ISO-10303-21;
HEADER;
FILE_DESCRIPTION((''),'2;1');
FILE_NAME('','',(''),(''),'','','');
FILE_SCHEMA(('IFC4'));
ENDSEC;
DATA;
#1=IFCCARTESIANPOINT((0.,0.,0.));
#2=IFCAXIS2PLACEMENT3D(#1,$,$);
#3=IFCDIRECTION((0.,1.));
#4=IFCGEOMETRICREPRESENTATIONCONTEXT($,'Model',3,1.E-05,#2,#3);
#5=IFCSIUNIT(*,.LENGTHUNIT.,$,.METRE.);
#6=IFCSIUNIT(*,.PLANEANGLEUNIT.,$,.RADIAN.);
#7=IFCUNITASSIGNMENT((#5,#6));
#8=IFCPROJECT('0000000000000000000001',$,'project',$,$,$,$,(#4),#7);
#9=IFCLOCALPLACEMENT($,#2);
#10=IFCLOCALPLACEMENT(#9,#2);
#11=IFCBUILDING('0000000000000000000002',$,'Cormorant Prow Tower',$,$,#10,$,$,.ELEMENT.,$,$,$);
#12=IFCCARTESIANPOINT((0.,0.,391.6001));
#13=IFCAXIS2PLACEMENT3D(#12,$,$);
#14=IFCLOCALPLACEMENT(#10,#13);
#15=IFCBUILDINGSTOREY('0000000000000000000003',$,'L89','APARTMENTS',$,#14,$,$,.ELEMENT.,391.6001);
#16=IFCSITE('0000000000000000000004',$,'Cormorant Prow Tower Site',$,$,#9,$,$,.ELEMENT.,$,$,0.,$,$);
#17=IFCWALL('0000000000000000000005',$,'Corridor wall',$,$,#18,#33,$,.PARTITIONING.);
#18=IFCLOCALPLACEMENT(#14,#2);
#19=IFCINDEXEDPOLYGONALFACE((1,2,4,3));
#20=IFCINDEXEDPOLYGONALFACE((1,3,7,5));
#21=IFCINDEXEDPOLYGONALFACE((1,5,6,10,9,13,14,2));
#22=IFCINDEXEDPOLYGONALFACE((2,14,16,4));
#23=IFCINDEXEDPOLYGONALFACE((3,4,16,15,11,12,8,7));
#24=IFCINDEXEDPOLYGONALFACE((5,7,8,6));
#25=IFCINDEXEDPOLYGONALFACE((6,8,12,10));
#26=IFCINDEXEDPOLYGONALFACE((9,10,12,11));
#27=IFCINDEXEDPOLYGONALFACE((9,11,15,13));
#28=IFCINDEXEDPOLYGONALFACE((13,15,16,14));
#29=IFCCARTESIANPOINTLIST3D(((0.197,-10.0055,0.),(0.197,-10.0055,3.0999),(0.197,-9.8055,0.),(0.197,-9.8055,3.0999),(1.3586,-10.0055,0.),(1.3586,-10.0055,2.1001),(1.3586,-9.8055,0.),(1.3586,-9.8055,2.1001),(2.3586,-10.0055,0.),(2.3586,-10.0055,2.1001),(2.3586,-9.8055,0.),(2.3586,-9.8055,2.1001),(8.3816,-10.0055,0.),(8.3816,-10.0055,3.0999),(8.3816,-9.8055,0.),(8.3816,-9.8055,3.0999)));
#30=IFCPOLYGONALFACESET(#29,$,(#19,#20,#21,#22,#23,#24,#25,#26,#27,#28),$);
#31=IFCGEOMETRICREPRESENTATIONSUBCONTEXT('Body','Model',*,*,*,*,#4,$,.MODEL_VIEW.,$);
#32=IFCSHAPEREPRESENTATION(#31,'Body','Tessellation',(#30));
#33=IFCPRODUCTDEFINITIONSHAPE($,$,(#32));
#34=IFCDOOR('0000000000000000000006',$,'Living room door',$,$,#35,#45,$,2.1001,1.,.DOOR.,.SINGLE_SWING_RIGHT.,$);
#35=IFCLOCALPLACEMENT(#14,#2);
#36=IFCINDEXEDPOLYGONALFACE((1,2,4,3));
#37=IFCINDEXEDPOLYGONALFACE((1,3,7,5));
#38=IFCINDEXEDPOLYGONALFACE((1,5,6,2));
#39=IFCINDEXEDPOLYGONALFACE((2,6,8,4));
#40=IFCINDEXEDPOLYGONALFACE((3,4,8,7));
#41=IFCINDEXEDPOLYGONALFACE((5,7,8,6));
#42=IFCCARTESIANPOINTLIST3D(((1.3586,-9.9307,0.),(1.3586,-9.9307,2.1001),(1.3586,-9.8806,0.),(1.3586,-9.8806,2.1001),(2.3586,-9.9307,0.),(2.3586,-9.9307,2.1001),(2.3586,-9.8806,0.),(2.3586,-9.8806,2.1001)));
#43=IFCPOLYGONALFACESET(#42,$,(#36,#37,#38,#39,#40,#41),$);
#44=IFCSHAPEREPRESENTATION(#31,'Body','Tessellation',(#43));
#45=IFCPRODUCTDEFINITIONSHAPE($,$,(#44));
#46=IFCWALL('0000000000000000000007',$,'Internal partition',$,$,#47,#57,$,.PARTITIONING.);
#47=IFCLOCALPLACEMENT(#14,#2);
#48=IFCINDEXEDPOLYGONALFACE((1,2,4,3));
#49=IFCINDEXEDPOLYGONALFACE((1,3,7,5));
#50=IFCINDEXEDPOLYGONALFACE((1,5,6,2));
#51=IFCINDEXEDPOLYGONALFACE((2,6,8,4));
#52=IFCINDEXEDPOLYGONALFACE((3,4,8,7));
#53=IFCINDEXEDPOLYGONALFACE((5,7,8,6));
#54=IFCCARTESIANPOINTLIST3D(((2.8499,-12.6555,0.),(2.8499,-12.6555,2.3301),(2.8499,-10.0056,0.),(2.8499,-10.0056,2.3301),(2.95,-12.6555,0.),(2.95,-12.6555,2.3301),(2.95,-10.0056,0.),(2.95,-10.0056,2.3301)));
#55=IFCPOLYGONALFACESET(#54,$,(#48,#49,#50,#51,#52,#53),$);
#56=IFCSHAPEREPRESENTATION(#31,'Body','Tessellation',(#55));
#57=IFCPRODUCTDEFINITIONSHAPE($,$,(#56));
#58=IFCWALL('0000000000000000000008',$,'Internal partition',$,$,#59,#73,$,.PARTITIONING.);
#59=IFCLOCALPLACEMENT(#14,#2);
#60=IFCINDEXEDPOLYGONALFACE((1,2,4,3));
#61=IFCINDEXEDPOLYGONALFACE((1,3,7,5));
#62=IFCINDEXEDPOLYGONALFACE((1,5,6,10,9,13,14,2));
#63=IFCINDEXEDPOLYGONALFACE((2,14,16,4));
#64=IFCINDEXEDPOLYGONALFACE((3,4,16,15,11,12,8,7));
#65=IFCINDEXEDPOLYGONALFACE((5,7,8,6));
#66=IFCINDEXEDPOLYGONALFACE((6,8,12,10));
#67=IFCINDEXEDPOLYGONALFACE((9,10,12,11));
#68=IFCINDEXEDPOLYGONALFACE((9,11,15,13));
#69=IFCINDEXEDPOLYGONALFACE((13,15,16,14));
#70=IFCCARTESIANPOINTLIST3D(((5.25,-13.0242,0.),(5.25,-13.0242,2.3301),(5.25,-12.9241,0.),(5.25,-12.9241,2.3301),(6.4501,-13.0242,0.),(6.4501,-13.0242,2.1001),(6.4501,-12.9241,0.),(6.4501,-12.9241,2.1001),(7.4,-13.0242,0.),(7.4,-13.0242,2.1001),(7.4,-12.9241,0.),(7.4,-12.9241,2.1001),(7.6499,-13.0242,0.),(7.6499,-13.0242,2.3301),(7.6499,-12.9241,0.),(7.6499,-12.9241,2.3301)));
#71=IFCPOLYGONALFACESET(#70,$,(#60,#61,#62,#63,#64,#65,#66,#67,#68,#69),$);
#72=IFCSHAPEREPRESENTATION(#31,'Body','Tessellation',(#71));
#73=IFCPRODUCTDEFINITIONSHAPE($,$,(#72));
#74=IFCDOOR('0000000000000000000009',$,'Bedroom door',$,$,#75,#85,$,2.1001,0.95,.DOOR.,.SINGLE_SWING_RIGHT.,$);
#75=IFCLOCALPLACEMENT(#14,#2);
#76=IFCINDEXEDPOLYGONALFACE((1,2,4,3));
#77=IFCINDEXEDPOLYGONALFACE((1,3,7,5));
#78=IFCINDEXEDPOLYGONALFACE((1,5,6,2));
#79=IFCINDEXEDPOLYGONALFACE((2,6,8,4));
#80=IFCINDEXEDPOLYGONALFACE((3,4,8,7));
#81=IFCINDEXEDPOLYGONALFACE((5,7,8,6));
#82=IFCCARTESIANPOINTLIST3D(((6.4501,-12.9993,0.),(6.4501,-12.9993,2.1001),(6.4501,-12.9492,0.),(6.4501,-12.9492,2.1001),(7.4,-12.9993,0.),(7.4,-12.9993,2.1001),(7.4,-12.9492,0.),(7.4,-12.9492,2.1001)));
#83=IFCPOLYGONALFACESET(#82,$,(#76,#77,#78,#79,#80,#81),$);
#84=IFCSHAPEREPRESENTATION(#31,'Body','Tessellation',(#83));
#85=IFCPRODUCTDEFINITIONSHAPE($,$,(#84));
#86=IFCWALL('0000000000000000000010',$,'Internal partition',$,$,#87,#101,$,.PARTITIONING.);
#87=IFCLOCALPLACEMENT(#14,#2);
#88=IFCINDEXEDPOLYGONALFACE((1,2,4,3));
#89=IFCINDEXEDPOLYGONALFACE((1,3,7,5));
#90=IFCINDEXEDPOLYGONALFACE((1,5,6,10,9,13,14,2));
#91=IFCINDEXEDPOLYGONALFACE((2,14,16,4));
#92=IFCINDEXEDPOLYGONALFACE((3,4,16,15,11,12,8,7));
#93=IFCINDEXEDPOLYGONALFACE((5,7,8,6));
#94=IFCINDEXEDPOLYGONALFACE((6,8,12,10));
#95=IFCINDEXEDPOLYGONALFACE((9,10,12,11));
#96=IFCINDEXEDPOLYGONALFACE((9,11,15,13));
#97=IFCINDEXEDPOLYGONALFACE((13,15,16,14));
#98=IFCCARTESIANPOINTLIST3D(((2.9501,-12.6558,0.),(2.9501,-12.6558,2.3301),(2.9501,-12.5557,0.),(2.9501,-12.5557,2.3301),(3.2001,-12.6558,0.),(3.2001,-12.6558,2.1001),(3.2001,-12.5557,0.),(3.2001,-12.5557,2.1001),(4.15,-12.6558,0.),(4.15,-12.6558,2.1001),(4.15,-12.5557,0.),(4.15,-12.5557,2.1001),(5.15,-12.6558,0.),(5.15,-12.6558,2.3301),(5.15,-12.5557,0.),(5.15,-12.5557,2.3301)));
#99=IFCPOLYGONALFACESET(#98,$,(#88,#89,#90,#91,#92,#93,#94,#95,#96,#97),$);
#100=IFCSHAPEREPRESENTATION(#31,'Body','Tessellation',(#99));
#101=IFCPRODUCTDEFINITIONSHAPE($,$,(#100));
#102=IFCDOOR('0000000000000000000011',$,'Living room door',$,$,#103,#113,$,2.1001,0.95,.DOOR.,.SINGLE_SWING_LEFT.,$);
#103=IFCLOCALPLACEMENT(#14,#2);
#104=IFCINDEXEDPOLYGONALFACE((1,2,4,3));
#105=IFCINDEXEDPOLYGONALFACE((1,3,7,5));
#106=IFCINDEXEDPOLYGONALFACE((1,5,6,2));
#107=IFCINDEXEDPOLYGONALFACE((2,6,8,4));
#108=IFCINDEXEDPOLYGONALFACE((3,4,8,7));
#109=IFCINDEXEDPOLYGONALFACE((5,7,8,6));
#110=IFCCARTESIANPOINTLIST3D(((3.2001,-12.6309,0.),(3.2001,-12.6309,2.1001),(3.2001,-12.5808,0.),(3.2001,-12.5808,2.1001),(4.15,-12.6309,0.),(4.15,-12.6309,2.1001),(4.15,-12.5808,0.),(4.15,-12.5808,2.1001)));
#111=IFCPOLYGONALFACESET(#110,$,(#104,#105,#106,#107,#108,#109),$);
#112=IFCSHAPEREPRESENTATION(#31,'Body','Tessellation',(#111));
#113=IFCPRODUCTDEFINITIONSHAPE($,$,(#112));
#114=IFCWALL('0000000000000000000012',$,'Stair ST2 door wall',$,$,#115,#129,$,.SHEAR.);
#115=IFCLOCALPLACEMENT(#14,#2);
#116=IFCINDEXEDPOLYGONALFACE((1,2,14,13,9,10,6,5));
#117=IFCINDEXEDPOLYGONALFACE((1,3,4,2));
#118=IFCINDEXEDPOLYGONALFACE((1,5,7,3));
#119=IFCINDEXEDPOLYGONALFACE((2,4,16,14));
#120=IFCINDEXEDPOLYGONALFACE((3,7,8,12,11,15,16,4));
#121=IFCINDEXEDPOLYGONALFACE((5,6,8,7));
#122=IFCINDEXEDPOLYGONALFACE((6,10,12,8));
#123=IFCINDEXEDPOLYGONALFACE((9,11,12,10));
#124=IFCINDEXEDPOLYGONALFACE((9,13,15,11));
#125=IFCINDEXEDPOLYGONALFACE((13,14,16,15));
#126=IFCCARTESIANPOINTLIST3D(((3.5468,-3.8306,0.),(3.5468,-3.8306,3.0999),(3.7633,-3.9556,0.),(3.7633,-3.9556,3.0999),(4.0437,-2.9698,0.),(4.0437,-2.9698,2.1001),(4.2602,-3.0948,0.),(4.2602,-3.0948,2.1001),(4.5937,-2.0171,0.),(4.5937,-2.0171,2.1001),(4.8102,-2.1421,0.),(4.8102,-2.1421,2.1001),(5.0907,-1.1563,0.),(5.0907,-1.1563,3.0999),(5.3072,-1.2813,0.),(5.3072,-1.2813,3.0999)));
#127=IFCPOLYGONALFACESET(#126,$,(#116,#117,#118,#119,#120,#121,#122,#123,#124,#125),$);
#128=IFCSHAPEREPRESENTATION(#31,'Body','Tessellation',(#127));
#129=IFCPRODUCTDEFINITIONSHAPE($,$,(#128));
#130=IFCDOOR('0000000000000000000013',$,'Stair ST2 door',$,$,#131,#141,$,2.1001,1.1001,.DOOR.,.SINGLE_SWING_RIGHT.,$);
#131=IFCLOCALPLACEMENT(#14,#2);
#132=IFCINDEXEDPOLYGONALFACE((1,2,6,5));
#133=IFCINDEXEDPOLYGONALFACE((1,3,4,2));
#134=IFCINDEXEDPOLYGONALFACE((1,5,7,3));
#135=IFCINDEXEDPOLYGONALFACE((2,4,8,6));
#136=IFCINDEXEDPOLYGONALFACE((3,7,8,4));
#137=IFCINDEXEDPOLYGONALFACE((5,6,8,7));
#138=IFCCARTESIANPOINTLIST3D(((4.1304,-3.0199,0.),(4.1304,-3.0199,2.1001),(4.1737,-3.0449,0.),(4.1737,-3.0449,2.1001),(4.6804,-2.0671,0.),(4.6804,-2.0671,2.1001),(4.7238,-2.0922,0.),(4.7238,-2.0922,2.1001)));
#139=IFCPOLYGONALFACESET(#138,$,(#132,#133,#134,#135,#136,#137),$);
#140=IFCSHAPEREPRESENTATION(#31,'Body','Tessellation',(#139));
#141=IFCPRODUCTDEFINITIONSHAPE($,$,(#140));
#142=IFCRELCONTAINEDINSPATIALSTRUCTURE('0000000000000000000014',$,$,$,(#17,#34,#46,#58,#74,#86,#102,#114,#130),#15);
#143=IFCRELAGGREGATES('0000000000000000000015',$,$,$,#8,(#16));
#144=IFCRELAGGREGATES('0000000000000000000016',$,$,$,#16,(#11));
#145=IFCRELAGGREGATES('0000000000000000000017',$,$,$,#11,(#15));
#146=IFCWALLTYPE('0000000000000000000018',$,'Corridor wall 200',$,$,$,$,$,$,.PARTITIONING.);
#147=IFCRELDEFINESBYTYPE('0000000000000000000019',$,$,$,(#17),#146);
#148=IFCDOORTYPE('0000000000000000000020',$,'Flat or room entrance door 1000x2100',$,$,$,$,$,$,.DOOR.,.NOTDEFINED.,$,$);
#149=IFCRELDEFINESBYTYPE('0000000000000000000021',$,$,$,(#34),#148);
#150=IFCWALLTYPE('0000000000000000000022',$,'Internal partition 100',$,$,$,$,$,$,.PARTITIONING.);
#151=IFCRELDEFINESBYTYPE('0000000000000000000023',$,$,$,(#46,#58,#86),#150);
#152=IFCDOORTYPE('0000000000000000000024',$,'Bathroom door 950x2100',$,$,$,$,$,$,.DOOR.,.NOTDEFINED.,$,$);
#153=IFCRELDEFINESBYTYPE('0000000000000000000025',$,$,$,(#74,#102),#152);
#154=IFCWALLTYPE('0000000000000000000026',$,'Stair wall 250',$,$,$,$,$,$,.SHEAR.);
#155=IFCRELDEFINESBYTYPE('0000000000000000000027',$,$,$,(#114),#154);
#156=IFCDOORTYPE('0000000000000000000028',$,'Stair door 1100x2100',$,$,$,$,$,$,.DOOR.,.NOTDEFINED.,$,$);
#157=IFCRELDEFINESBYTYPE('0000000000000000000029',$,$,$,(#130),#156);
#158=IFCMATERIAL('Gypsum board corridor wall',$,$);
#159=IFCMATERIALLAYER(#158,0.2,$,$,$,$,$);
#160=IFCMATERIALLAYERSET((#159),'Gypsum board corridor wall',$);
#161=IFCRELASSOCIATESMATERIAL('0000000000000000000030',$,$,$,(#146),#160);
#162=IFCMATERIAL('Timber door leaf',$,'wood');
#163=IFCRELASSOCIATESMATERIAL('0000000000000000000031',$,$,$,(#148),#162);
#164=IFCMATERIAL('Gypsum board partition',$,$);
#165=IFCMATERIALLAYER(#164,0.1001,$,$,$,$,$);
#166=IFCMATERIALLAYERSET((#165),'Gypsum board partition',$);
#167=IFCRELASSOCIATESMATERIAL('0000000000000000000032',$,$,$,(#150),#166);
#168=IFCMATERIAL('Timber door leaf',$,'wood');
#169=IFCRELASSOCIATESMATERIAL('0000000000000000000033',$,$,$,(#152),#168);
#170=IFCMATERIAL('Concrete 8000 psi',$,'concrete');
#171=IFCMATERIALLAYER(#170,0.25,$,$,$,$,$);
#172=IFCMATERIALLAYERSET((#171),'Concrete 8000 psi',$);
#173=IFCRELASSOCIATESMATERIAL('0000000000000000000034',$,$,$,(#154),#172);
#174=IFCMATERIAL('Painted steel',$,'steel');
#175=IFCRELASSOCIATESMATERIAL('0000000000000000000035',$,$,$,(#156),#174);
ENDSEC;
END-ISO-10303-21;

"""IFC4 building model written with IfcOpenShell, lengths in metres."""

from ifc_helpers import new_model, si_unit, direction, frame, frame_2d, origin, place, context, subcontext, project, spatial, rectangle, extrude, material, layer, layer_set, type_object, element, fill, save


model = new_model("IFC4")

# Units and contexts
model_context = context("Model", 3, precision=1e-05, world=origin(), true_north=direction((0.0, 1.0)))
body_context = subcontext(model_context, "Body", "Model", "MODEL_VIEW")
ifc_project = project(units=[si_unit("LENGTHUNIT", "METRE"), si_unit("PLANEANGLEUNIT", "RADIAN")], contexts=[model_context])

# Site, building, storey
site_placement = place(None, origin())
site = spatial("IfcSite", under=ifc_project, at=site_placement, Name="Cormorant Prow Tower Site", CompositionType="ELEMENT", RefElevation=0.0)
building_placement = place(site_placement, origin())
building = spatial("IfcBuilding", under=site, at=building_placement, Name="Cormorant Prow Tower", CompositionType="ELEMENT")
storey_placement = place(building_placement, frame((0.0, 0.0, 391.6001)))
storey = spatial("IfcBuildingStorey", under=building, at=storey_placement, Name="L89", Description="APARTMENTS", CompositionType="ELEMENT", Elevation=391.6001)

# Wall, opening, door
ifc_material_1 = material(Name="Gypsum board corridor wall")
ifc_layer_1 = layer(ifc_material_1, 0.2)
ifc_layer_set_1 = layer_set([ifc_layer_1], Name="Gypsum board corridor wall")
wall_type_1 = type_object("IfcWallType", Name="Corridor wall 200", PredefinedType="PARTITIONING", material=ifc_layer_set_1)
wall_1_placement = place(storey_placement, frame((0.197, -9.9055, 0.0), z_axis=(0.0, 0.0, 1.0), x_axis=(1.0, 0.0, 0.0)))
wall_1 = element("IfcWall", 1, at=wall_1_placement, inside=storey, type_object=wall_type_1, Name="Corridor wall", PredefinedType="PARTITIONING", context=body_context, shape_type="SweptSolid", body=[
    extrude(rectangle(XDim=8.1846, YDim=0.2, at=frame_2d((4.0923, 0.0))), origin(), (0.0, 0.0, 1.0), 3.0999),
])
opening_1_placement = place(wall_1_placement, frame((1.1616, 0.0, 0.0)))
opening_1 = element("IfcOpeningElement", 2, at=opening_1_placement, cuts=wall_1, PredefinedType="OPENING", context=body_context, shape_type="SweptSolid", body=[
    extrude(rectangle(XDim=1.0, YDim=2.1001, at=frame_2d((0.5, 1.05))), frame((0.0, 0.1099, 0.0), z_axis=(0.0, -1.0, 0.0), x_axis=(1.0, 0.0, 0.0)), (0.0, 0.0, 1.0), 0.22),
])
ifc_material_2 = material(Name="Timber door leaf", Category="wood")
door_type_1 = type_object("IfcDoorType", Name="Flat or room entrance door 1000x2100", OperationType="NOTDEFINED", PredefinedType="DOOR", material=ifc_material_2)
door_1_placement = place(opening_1_placement, origin())
door_1 = element("IfcDoor", 3, at=door_1_placement, inside=storey, type_object=door_type_1, Name="Living room door", OperationType="SINGLE_SWING_RIGHT", OverallHeight=2.1001, OverallWidth=1.0, PredefinedType="DOOR", context=body_context, shape_type="SweptSolid", body=[
    extrude(rectangle(XDim=1.0, YDim=2.1001, at=frame_2d((0.5, 1.05))), frame((0.0, 0.0249, 0.0), z_axis=(0.0, -1.0, 0.0), x_axis=(1.0, 0.0, 0.0)), (0.0, 0.0, 1.0), 0.05),
])
fill(opening_1, door_1)

# Wall
ifc_material_3 = material(Name="Gypsum board partition")
ifc_layer_2 = layer(ifc_material_3, 0.1001)
ifc_layer_set_2 = layer_set([ifc_layer_2], Name="Gypsum board partition")
wall_type_2 = type_object("IfcWallType", Name="Internal partition 100", PredefinedType="PARTITIONING", material=ifc_layer_set_2)
wall_2_placement = place(storey_placement, frame((2.8999, -12.6555, 0.0), z_axis=(0.0, 0.0, 1.0), x_axis=(0.0, 1.0, 0.0)))
element("IfcWall", 4, at=wall_2_placement, inside=storey, type_object=wall_type_2, Name="Internal partition", PredefinedType="PARTITIONING", context=body_context, shape_type="SweptSolid", body=[
    extrude(rectangle(XDim=2.6499, YDim=0.1001, at=frame_2d((1.325, 0.0))), origin(), (0.0, 0.0, 1.0), 2.3301),
])

# Walls, openings, doors
wall_3_placement = place(storey_placement, frame((5.25, -12.9741, 0.0), z_axis=(0.0, 0.0, 1.0), x_axis=(1.0, 0.0, 0.0)))
wall_3 = element("IfcWall", 5, at=wall_3_placement, inside=storey, type_object=wall_type_2, Name="Internal partition", PredefinedType="PARTITIONING", context=body_context, shape_type="SweptSolid", body=[
    extrude(rectangle(XDim=2.3999, YDim=0.1001, at=frame_2d((1.2, 0.0))), origin(), (0.0, 0.0, 1.0), 2.3301),
])
opening_2_placement = place(wall_3_placement, frame((1.2, 0.0, 0.0)))
opening_2 = element("IfcOpeningElement", 6, at=opening_2_placement, cuts=wall_3, PredefinedType="OPENING", context=body_context, shape_type="SweptSolid", body=[
    extrude(rectangle(XDim=0.95, YDim=2.1001, at=frame_2d((0.4751, 1.05))), frame((0.0, 0.0601, 0.0), z_axis=(0.0, -1.0, 0.0), x_axis=(1.0, 0.0, 0.0)), (0.0, 0.0, 1.0), 0.1201),
])
ifc_material_4 = material(Name="Timber door leaf", Category="wood")
door_type_2 = type_object("IfcDoorType", Name="Bathroom door 950x2100", OperationType="NOTDEFINED", PredefinedType="DOOR", material=ifc_material_4)
door_2_placement = place(opening_2_placement, origin())
door_2 = element("IfcDoor", 7, at=door_2_placement, inside=storey, type_object=door_type_2, Name="Bedroom door", OperationType="SINGLE_SWING_RIGHT", OverallHeight=2.1001, OverallWidth=0.95, PredefinedType="DOOR", context=body_context, shape_type="SweptSolid", body=[
    extrude(rectangle(XDim=0.95, YDim=2.1001, at=frame_2d((0.4751, 1.05))), frame((0.0, 0.0249, 0.0), z_axis=(0.0, -1.0, 0.0), x_axis=(1.0, 0.0, 0.0)), (0.0, 0.0, 1.0), 0.05),
])
fill(opening_2, door_2)
wall_4_placement = place(storey_placement, frame((2.95, -12.6057, 0.0), z_axis=(0.0, 0.0, 1.0), x_axis=(1.0, 0.0, 0.0)))
wall_4 = element("IfcWall", 8, at=wall_4_placement, inside=storey, type_object=wall_type_2, Name="Internal partition", PredefinedType="PARTITIONING", context=body_context, shape_type="SweptSolid", body=[
    extrude(rectangle(XDim=2.2, YDim=0.1001, at=frame_2d((1.1001, 0.0))), origin(), (0.0, 0.0, 1.0), 2.3301),
])
opening_3_placement = place(wall_4_placement, frame((0.25, 0.0, 0.0)))
opening_3 = element("IfcOpeningElement", 9, at=opening_3_placement, cuts=wall_4, PredefinedType="OPENING", context=body_context, shape_type="SweptSolid", body=[
    extrude(rectangle(XDim=0.95, YDim=2.1001, at=frame_2d((0.4751, 1.05))), frame((0.0, 0.0601, 0.0), z_axis=(0.0, -1.0, 0.0), x_axis=(1.0, 0.0, 0.0)), (0.0, 0.0, 1.0), 0.1201),
])
door_3_placement = place(opening_3_placement, origin())
door_3 = element("IfcDoor", 10, at=door_3_placement, inside=storey, type_object=door_type_2, Name="Living room door", OperationType="SINGLE_SWING_LEFT", OverallHeight=2.1001, OverallWidth=0.95, PredefinedType="DOOR", context=body_context, shape_type="SweptSolid", body=[
    extrude(rectangle(XDim=0.95, YDim=2.1001, at=frame_2d((0.4751, 1.05))), frame((0.0, 0.0249, 0.0), z_axis=(0.0, -1.0, 0.0), x_axis=(1.0, 0.0, 0.0)), (0.0, 0.0, 1.0), 0.05),
])
fill(opening_3, door_3)
ifc_material_5 = material(Name="Concrete 8000 psi", Category="concrete")
ifc_layer_3 = layer(ifc_material_5, 0.25)
ifc_layer_set_3 = layer_set([ifc_layer_3], Name="Concrete 8000 psi")
wall_type_3 = type_object("IfcWallType", Name="Stair wall 250", PredefinedType="SHEAR", material=ifc_layer_set_3)
wall_5_placement = place(storey_placement, frame((3.655, -3.8931, 0.0), z_axis=(0.0, 0.0, 1.0), x_axis=(0.499983, 0.866035, 0.0)))
wall_5 = element("IfcWall", 11, at=wall_5_placement, inside=storey, type_object=wall_type_3, Name="Stair ST2 door wall", PredefinedType="SHEAR", context=body_context, shape_type="SweptSolid", body=[
    extrude(rectangle(XDim=3.0879, YDim=0.25, at=frame_2d((1.5439, 0.0))), origin(), (0.0, 0.0, 1.0), 3.0999),
])
opening_4_placement = place(wall_5_placement, frame((0.9939, 0.0, 0.0)))
opening_4 = element("IfcOpeningElement", 12, at=opening_4_placement, cuts=wall_5, PredefinedType="OPENING", context=body_context, shape_type="SweptSolid", body=[
    extrude(rectangle(XDim=1.1001, YDim=2.1001, at=frame_2d((0.55, 1.05))), frame((0.0, 0.135, 0.0), z_axis=(0.0, -1.0, 0.0), x_axis=(1.0, 0.0, 0.0)), (0.0, 0.0, 1.0), 0.27),
])
ifc_material_6 = material(Name="Painted steel", Category="steel")
door_type_3 = type_object("IfcDoorType", Name="Stair door 1100x2100", OperationType="NOTDEFINED", PredefinedType="DOOR", material=ifc_material_6)
door_4_placement = place(opening_4_placement, origin())
door_4 = element("IfcDoor", 13, at=door_4_placement, inside=storey, type_object=door_type_3, Name="Stair ST2 door", OperationType="SINGLE_SWING_RIGHT", OverallHeight=2.1001, OverallWidth=1.1001, PredefinedType="DOOR", context=body_context, shape_type="SweptSolid", body=[
    extrude(rectangle(XDim=1.1001, YDim=2.1001, at=frame_2d((0.55, 1.05))), frame((0.0, 0.0249, 0.0), z_axis=(0.0, -1.0, 0.0), x_axis=(1.0, 0.0, 0.0)), (0.0, 0.0, 1.0), 0.05),
])
fill(opening_4, door_4)

save(model, "model.ifc")
